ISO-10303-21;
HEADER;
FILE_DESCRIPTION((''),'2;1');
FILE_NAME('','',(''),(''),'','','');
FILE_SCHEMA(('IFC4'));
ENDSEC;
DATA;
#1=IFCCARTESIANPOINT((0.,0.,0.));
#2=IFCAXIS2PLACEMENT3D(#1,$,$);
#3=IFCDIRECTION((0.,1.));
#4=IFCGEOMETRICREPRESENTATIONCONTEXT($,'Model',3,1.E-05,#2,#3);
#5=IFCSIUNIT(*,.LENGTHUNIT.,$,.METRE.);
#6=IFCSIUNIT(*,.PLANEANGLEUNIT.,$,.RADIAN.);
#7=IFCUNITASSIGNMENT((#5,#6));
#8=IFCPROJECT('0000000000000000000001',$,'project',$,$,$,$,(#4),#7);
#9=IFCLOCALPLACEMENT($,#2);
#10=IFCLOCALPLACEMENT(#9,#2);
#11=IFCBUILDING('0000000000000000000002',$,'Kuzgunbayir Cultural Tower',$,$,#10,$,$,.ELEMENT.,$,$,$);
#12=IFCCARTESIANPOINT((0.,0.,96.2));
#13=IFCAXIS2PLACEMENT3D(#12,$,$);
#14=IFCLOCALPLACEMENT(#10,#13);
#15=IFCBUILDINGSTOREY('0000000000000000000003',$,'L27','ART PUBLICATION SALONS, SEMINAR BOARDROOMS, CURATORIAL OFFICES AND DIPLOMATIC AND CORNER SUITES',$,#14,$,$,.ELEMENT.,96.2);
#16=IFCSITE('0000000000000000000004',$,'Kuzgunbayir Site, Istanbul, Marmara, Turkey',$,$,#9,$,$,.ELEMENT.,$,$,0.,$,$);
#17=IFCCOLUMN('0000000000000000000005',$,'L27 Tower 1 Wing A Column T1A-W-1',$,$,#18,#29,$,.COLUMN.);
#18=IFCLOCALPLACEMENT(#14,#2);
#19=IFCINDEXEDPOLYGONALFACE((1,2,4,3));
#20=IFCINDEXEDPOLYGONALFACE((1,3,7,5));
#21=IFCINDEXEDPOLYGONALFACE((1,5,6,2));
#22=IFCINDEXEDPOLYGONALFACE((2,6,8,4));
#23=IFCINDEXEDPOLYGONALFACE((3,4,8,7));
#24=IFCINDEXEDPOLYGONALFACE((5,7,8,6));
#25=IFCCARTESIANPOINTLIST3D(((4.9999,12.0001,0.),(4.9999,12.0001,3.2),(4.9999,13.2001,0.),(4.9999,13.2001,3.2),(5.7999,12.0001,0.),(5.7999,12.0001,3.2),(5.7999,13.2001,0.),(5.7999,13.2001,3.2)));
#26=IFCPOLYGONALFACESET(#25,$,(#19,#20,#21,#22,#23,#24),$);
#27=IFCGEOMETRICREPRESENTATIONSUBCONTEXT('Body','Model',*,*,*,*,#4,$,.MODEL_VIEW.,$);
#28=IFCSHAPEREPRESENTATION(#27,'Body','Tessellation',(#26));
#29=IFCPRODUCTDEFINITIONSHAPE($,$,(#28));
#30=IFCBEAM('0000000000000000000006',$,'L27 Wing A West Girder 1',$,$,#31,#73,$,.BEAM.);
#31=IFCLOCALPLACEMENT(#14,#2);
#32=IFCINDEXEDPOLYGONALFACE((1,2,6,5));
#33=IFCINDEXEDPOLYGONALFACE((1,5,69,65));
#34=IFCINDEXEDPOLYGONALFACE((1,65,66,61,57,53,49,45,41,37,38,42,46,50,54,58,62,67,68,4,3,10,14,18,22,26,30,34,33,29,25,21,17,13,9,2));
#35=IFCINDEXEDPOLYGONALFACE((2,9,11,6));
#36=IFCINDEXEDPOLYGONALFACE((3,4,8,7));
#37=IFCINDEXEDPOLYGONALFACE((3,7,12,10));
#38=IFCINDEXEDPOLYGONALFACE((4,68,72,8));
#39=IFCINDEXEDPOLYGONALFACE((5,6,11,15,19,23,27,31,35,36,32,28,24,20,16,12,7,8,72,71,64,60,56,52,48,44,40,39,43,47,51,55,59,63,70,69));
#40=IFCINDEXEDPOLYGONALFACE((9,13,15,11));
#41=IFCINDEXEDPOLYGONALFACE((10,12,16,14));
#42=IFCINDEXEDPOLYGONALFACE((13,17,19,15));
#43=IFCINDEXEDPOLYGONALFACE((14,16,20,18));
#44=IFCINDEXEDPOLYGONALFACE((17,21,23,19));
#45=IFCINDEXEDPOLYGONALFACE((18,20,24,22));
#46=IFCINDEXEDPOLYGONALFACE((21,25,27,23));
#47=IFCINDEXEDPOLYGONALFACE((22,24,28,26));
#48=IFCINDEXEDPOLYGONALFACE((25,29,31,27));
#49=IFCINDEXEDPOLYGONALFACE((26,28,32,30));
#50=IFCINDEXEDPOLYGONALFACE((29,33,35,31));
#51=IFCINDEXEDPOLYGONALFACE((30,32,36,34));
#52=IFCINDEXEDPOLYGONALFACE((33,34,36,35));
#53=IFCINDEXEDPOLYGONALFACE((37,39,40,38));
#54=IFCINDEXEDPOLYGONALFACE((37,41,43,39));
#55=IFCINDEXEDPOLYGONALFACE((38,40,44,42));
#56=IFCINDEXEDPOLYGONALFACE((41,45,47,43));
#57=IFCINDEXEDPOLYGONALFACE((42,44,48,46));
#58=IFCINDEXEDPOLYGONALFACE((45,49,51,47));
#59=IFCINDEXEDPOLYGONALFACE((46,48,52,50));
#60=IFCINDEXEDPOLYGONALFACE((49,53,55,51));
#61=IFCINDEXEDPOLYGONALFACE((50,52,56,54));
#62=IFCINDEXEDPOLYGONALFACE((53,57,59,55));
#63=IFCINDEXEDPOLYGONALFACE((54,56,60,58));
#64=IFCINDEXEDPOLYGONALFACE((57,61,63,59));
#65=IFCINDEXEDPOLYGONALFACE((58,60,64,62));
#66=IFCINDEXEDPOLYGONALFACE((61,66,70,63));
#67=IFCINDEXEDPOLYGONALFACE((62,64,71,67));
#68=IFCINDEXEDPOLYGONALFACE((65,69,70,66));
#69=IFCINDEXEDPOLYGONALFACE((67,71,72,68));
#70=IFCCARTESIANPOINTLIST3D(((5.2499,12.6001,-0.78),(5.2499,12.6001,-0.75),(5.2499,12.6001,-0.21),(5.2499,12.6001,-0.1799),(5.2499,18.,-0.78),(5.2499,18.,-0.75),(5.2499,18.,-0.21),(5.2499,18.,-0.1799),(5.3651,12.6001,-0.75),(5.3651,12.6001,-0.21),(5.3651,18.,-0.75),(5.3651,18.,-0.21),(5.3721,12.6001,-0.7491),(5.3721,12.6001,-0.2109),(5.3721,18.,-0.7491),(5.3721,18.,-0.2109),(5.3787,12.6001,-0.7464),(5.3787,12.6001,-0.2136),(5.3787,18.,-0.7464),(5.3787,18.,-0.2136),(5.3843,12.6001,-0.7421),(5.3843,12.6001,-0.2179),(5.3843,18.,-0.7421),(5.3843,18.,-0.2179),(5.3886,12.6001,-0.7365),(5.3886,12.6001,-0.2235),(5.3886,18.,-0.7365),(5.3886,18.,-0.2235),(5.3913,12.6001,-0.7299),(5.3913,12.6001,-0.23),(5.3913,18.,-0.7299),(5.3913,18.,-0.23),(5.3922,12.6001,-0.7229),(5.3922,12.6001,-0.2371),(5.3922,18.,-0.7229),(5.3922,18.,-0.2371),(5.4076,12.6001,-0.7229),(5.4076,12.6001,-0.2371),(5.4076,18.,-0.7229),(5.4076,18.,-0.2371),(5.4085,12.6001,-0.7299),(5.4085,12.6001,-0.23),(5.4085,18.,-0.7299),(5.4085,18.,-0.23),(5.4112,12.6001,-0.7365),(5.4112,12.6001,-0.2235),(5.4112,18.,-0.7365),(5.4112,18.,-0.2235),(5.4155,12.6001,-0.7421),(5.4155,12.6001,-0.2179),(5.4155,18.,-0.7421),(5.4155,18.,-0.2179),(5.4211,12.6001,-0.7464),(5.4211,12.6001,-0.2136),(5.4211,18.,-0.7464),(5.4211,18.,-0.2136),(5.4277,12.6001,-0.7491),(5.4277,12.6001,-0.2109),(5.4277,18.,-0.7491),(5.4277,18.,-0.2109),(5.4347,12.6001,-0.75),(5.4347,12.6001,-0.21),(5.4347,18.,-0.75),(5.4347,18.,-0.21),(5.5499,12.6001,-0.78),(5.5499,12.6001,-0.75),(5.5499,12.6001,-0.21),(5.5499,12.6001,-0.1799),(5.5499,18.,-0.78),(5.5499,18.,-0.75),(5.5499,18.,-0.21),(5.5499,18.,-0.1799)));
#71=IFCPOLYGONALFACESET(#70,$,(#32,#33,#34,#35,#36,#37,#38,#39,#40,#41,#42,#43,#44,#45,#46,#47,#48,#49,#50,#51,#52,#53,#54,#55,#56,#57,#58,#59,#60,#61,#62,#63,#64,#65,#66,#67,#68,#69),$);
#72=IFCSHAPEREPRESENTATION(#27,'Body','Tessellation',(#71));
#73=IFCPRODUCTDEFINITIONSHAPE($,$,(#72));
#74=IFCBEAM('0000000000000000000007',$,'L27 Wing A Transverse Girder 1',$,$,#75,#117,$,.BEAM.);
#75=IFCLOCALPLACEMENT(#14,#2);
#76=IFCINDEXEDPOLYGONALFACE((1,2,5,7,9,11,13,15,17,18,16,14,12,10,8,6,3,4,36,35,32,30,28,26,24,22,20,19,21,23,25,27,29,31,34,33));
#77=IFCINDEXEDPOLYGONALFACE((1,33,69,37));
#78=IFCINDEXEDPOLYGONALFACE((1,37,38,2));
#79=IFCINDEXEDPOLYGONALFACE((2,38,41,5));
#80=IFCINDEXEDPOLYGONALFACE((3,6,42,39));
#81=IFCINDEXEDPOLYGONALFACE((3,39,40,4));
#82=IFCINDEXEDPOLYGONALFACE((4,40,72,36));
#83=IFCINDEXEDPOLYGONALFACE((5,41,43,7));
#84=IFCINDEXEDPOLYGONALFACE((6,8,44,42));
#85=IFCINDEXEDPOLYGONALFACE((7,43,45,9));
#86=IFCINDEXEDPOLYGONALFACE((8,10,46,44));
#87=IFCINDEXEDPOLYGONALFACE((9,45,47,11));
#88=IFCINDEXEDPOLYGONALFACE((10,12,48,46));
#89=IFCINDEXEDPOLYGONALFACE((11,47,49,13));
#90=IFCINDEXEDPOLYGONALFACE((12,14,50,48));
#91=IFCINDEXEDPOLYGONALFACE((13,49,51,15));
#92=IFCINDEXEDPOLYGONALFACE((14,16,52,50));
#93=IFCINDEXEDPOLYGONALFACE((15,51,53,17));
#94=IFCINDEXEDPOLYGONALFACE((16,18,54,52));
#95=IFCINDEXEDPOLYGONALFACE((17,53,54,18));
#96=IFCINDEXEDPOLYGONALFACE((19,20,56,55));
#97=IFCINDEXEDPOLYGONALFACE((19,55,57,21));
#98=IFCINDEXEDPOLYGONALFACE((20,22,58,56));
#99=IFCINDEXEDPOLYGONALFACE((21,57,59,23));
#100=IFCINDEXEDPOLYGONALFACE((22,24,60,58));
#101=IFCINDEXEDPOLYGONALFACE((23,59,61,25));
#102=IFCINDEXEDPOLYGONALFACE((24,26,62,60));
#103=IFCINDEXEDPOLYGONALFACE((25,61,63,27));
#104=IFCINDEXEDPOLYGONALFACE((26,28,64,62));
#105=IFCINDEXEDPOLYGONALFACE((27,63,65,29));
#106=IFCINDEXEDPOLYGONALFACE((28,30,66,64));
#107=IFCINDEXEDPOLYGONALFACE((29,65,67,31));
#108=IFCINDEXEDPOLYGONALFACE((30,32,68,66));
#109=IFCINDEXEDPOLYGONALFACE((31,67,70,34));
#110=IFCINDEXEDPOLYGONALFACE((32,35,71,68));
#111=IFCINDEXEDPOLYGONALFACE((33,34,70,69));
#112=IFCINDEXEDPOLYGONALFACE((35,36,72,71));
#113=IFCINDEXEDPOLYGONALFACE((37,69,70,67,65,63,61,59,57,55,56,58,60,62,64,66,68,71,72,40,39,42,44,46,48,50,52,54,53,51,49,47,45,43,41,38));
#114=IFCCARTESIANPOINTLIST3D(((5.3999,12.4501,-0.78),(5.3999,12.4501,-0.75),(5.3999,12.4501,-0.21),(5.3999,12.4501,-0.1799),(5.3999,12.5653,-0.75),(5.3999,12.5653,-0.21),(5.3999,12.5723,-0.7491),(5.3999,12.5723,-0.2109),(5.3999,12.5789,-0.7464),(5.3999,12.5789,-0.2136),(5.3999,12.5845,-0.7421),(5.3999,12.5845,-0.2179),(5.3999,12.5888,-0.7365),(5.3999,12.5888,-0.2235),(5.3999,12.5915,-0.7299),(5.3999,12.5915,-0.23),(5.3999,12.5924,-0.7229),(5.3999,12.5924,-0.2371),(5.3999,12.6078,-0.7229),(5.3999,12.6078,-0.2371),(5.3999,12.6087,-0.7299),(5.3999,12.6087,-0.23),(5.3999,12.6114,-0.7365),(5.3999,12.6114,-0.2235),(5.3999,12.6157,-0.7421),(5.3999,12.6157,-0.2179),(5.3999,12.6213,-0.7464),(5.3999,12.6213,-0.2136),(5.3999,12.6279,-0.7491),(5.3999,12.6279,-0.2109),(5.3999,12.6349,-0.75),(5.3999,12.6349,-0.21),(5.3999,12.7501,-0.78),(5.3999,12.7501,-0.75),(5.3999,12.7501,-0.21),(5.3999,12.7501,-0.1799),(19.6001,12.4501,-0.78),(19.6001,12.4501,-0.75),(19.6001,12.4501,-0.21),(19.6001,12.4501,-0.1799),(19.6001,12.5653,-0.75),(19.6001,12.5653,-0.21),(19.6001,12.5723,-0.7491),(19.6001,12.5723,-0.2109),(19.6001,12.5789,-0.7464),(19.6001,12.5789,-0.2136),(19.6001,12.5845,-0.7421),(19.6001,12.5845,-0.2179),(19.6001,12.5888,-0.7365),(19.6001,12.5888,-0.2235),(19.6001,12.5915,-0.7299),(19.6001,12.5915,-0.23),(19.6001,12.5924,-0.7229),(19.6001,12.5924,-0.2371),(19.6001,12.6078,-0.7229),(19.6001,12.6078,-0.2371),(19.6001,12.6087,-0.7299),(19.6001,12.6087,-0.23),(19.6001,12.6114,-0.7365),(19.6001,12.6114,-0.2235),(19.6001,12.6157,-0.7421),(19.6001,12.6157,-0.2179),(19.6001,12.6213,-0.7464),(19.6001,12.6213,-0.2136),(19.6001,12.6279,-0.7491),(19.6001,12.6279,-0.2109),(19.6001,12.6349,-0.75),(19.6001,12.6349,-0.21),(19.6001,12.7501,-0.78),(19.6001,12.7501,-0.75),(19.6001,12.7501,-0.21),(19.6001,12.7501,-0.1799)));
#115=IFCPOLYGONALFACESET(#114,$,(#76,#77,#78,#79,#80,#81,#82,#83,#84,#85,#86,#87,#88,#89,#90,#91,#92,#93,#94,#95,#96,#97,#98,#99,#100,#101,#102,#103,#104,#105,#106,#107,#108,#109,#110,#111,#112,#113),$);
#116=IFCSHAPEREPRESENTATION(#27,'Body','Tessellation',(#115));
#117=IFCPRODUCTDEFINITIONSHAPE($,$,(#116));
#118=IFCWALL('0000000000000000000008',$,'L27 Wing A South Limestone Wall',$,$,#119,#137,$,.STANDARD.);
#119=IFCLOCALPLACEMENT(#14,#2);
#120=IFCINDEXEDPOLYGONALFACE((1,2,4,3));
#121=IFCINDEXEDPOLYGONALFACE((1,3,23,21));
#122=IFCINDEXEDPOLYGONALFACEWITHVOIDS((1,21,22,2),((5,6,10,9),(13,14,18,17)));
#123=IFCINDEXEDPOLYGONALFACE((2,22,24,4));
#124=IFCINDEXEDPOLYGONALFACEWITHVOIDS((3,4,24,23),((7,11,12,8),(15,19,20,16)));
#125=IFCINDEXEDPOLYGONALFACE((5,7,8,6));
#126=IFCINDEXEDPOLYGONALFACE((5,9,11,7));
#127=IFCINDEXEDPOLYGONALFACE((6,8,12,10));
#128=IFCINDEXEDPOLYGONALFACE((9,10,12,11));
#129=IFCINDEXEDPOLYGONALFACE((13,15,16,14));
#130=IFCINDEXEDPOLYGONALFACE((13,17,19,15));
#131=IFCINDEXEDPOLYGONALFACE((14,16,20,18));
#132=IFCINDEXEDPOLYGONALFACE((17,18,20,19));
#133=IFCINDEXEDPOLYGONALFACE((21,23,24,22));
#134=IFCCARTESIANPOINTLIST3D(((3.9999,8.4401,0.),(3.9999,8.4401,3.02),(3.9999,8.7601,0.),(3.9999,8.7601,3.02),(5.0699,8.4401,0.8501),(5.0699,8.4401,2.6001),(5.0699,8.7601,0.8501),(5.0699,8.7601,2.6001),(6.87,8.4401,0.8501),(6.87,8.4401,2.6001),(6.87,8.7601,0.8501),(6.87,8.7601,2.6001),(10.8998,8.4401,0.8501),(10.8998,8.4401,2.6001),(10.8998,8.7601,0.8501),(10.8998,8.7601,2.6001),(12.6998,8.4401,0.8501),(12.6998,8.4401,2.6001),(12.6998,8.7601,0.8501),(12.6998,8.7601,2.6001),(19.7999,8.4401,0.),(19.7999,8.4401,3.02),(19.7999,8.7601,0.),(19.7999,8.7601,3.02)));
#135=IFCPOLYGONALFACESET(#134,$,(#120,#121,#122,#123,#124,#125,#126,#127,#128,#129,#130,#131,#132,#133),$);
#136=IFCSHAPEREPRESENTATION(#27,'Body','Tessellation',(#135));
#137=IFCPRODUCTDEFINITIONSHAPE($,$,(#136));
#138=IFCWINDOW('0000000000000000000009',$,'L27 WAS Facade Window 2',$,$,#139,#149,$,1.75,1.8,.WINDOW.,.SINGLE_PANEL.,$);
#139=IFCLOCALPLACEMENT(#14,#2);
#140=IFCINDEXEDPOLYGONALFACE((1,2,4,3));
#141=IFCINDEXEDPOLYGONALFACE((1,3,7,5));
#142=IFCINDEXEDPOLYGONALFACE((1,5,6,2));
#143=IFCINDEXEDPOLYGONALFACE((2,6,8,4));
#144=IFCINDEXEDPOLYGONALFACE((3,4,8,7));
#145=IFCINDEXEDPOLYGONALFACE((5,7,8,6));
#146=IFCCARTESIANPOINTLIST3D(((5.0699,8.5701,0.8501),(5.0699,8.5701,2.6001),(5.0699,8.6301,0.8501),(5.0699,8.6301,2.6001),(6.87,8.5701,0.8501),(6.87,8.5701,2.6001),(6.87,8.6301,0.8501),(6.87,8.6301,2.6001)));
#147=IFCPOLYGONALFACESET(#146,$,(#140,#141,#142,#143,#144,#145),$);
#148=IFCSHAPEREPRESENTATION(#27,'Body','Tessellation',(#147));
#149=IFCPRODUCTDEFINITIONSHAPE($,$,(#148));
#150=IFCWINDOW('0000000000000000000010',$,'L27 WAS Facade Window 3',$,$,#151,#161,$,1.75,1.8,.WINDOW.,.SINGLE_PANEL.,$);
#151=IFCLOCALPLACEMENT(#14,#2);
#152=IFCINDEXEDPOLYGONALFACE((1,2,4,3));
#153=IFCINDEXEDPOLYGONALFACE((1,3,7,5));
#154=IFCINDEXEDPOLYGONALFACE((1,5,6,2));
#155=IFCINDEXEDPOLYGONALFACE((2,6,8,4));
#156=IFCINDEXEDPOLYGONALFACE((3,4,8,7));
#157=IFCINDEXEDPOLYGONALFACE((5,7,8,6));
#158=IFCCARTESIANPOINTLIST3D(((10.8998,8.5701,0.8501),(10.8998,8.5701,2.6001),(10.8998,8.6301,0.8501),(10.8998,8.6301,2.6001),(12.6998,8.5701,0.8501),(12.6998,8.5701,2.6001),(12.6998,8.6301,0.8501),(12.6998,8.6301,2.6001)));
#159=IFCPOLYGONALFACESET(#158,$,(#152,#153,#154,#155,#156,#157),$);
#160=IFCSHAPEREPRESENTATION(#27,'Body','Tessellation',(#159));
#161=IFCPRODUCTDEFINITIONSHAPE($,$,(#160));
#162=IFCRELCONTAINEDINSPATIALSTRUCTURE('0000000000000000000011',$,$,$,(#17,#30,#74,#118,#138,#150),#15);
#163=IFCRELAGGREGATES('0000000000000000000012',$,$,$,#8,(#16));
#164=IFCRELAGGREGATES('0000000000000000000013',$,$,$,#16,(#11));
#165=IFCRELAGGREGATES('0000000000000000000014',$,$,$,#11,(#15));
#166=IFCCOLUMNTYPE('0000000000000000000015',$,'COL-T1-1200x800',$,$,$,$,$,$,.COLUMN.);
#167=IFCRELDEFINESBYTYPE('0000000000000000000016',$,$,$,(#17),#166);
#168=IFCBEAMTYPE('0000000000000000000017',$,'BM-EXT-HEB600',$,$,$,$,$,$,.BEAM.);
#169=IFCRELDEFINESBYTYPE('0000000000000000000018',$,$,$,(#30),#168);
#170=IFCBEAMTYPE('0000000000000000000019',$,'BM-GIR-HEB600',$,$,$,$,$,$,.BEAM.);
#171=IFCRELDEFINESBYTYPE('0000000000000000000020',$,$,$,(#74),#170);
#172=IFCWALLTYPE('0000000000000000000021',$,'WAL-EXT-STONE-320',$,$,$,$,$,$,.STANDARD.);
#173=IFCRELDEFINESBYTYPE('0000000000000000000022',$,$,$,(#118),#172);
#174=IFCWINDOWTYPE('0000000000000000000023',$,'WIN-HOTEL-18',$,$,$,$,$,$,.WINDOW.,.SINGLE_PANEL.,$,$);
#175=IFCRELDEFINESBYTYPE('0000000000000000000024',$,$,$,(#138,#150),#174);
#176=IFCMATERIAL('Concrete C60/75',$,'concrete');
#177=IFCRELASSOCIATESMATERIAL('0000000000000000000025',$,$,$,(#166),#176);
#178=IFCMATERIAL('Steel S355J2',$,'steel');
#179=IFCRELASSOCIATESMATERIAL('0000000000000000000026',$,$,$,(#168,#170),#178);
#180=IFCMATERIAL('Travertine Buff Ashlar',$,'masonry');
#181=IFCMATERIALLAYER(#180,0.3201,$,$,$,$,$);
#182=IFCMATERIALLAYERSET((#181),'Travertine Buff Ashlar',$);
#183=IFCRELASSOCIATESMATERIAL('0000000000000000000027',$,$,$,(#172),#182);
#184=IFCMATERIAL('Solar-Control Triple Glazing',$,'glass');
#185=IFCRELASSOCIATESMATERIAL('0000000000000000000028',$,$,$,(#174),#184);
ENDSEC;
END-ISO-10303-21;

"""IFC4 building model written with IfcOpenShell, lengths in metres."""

from ifc_helpers import new_model, si_unit, direction, frame, frame_2d, origin, origin_2d, place, context, subcontext, project, spatial, rectangle, i_section, extrude, material, layer, layer_set, material_profile, profile_set, type_object, element, fill, save


model = new_model("IFC4")

# Units and contexts
model_context = context("Model", 3, precision=1e-05, world=origin(), true_north=direction((0.0, 1.0)))
body_context = subcontext(model_context, "Body", "Model", "MODEL_VIEW")
ifc_project = project(units=[si_unit("LENGTHUNIT", "METRE"), si_unit("PLANEANGLEUNIT", "RADIAN")], contexts=[model_context])

# Site, building, storey
site_placement = place(None, origin())
site = spatial("IfcSite", under=ifc_project, at=site_placement, Name="Kuzgunbayir Site, Istanbul, Marmara, Turkey", CompositionType="ELEMENT", RefElevation=0.0)
building_placement = place(site_placement, origin())
building = spatial("IfcBuilding", under=site, at=building_placement, Name="Kuzgunbayir Cultural Tower", CompositionType="ELEMENT")
storey_placement = place(building_placement, frame((0.0, 0.0, 96.2)))
storey = spatial("IfcBuildingStorey", under=building, at=storey_placement, Name="L27", Description="ART PUBLICATION SALONS, SEMINAR BOARDROOMS, CURATORIAL OFFICES AND DIPLOMATIC AND CORNER SUITES", CompositionType="ELEMENT", Elevation=96.2)

# Column
ifc_material_1 = material(Name="Concrete C60/75", Category="concrete")
ifc_material_profile_1 = material_profile(ifc_material_1, rectangle(XDim=0.8, YDim=1.2, at=origin_2d()), Name="RC 1200x800")
ifc_profile_set_1 = profile_set([ifc_material_profile_1], Name="Concrete C60/75")
column_type = type_object("IfcColumnType", Name="COL-T1-1200x800", PredefinedType="COLUMN", material=ifc_profile_set_1)
column_placement = place(storey_placement, frame((5.3999, 12.6001, 0.0), z_axis=(0.0, 0.0, 1.0), x_axis=(1.0, 0.0, 0.0)))
element("IfcColumn", 1, at=column_placement, inside=storey, type_object=column_type, Name="L27 Tower 1 Wing A Column T1A-W-1", PredefinedType="COLUMN", context=body_context, shape_type="SweptSolid", body=[
    extrude(rectangle(XDim=0.8, YDim=1.2, at=origin_2d()), origin(), (0.0, 0.0, 1.0), 3.2),
])

# Beams
ifc_material_2 = material(Name="Steel S355J2", Category="steel")
ifc_material_profile_2 = material_profile(ifc_material_2, i_section(OverallWidth=0.3, OverallDepth=0.6001, WebThickness=0.0154, FlangeThickness=0.03, FilletRadius=0.0271, at=origin_2d()), Name="HEB 600")
ifc_profile_set_2 = profile_set([ifc_material_profile_2], Name="Steel S355J2")
beam_type_1 = type_object("IfcBeamType", Name="BM-EXT-HEB600", PredefinedType="BEAM", material=ifc_profile_set_2)
beam_1_placement = place(storey_placement, frame((5.3999, 12.6001, -0.48), z_axis=(0.0, 1.0, 0.0), x_axis=(-1.0, 0.0, 0.0)))
element("IfcBeam", 2, at=beam_1_placement, inside=storey, type_object=beam_type_1, Name="L27 Wing A West Girder 1", PredefinedType="BEAM", context=body_context, shape_type="SweptSolid", body=[
    extrude(i_section(OverallWidth=0.3, OverallDepth=0.6001, WebThickness=0.0154, FlangeThickness=0.03, FilletRadius=0.0271, at=origin_2d()), origin(), (0.0, 0.0, 1.0), 5.3999),
])
ifc_material_profile_3 = material_profile(ifc_material_2, i_section(OverallWidth=0.3, OverallDepth=0.6001, WebThickness=0.0154, FlangeThickness=0.03, FilletRadius=0.0271, at=origin_2d()), Name="HEB 600")
ifc_profile_set_3 = profile_set([ifc_material_profile_3], Name="Steel S355J2")
beam_type_2 = type_object("IfcBeamType", Name="BM-GIR-HEB600", PredefinedType="BEAM", material=ifc_profile_set_3)
beam_2_placement = place(storey_placement, frame((5.3999, 12.6001, -0.48), z_axis=(1.0, 0.0, 0.0), x_axis=(0.0, 1.0, 0.0)))
element("IfcBeam", 3, at=beam_2_placement, inside=storey, type_object=beam_type_2, Name="L27 Wing A Transverse Girder 1", PredefinedType="BEAM", context=body_context, shape_type="SweptSolid", body=[
    extrude(i_section(OverallWidth=0.3, OverallDepth=0.6001, WebThickness=0.0154, FlangeThickness=0.03, FilletRadius=0.0271, at=origin_2d()), origin(), (0.0, 0.0, 1.0), 14.2002),
])

# Wall, openings, windows
ifc_material_3 = material(Name="Travertine Buff Ashlar", Category="masonry")
ifc_layer_1 = layer(ifc_material_3, 0.3201)
ifc_layer_set_1 = layer_set([ifc_layer_1], Name="Travertine Buff Ashlar")
wall_type_1 = type_object("IfcWallType", Name="WAL-EXT-STONE-320", PredefinedType="STANDARD", material=ifc_layer_set_1)
wall_1_placement = place(storey_placement, frame((4.0, 8.6001, 0.0), z_axis=(0.0, 0.0, 1.0), x_axis=(1.0, 0.0, 0.0)))
wall_1 = element("IfcWall", 4, at=wall_1_placement, inside=storey, type_object=wall_type_1, Name="L27 Wing A South Limestone Wall", PredefinedType="STANDARD", context=body_context, shape_type="SweptSolid", body=[
    extrude(rectangle(XDim=15.8, YDim=0.3201, at=frame_2d((7.8999, 0.0))), origin(), (0.0, 0.0, 1.0), 3.02),
])
opening_1_placement = place(wall_1_placement, frame((1.0701, 0.0, 0.8501)))
opening_1 = element("IfcOpeningElement", 5, at=opening_1_placement, cuts=wall_1, PredefinedType="OPENING", context=body_context, shape_type="SweptSolid", body=[
    extrude(rectangle(XDim=1.8, YDim=1.75, at=frame_2d((0.8999, 0.875))), frame((0.0, 0.1699, 0.0), z_axis=(0.0, -1.0, 0.0), x_axis=(1.0, 0.0, 0.0)), (0.0, 0.0, 1.0), 0.3401),
])
opening_2_placement = place(wall_1_placement, frame((6.8999, 0.0, 0.8501)))
opening_2 = element("IfcOpeningElement", 6, at=opening_2_placement, cuts=wall_1, PredefinedType="OPENING", context=body_context, shape_type="SweptSolid", body=[
    extrude(rectangle(XDim=1.8, YDim=1.75, at=frame_2d((0.8999, 0.875))), frame((0.0, 0.1699, 0.0), z_axis=(0.0, -1.0, 0.0), x_axis=(1.0, 0.0, 0.0)), (0.0, 0.0, 1.0), 0.3401),
])
ifc_material_4 = material(Name="Solar-Control Triple Glazing", Category="glass")
window_type = type_object("IfcWindowType", Name="WIN-HOTEL-18", PartitioningType="SINGLE_PANEL", PredefinedType="WINDOW", material=ifc_material_4)
window_1_placement = place(opening_1_placement, origin())
window_1 = element("IfcWindow", 7, at=window_1_placement, inside=storey, type_object=window_type, Name="L27 WAS Facade Window 2", OverallHeight=1.75, OverallWidth=1.8, PartitioningType="SINGLE_PANEL", PredefinedType="WINDOW", context=body_context, shape_type="SweptSolid", body=[
    extrude(rectangle(XDim=1.8, YDim=1.75, at=frame_2d((0.8999, 0.875))), frame((0.0, 0.03, 0.0), z_axis=(0.0, -1.0, 0.0), x_axis=(1.0, 0.0, 0.0)), (0.0, 0.0, 1.0), 0.0601),
])
fill(opening_1, window_1)
window_2_placement = place(opening_2_placement, origin())
window_2 = element("IfcWindow", 8, at=window_2_placement, inside=storey, type_object=window_type, Name="L27 WAS Facade Window 3", OverallHeight=1.75, OverallWidth=1.8, PartitioningType="SINGLE_PANEL", PredefinedType="WINDOW", context=body_context, shape_type="SweptSolid", body=[
    extrude(rectangle(XDim=1.8, YDim=1.75, at=frame_2d((0.8999, 0.875))), frame((0.0, 0.03, 0.0), z_axis=(0.0, -1.0, 0.0), x_axis=(1.0, 0.0, 0.0)), (0.0, 0.0, 1.0), 0.0601),
])
fill(opening_2, window_2)

save(model, "model.ifc")
